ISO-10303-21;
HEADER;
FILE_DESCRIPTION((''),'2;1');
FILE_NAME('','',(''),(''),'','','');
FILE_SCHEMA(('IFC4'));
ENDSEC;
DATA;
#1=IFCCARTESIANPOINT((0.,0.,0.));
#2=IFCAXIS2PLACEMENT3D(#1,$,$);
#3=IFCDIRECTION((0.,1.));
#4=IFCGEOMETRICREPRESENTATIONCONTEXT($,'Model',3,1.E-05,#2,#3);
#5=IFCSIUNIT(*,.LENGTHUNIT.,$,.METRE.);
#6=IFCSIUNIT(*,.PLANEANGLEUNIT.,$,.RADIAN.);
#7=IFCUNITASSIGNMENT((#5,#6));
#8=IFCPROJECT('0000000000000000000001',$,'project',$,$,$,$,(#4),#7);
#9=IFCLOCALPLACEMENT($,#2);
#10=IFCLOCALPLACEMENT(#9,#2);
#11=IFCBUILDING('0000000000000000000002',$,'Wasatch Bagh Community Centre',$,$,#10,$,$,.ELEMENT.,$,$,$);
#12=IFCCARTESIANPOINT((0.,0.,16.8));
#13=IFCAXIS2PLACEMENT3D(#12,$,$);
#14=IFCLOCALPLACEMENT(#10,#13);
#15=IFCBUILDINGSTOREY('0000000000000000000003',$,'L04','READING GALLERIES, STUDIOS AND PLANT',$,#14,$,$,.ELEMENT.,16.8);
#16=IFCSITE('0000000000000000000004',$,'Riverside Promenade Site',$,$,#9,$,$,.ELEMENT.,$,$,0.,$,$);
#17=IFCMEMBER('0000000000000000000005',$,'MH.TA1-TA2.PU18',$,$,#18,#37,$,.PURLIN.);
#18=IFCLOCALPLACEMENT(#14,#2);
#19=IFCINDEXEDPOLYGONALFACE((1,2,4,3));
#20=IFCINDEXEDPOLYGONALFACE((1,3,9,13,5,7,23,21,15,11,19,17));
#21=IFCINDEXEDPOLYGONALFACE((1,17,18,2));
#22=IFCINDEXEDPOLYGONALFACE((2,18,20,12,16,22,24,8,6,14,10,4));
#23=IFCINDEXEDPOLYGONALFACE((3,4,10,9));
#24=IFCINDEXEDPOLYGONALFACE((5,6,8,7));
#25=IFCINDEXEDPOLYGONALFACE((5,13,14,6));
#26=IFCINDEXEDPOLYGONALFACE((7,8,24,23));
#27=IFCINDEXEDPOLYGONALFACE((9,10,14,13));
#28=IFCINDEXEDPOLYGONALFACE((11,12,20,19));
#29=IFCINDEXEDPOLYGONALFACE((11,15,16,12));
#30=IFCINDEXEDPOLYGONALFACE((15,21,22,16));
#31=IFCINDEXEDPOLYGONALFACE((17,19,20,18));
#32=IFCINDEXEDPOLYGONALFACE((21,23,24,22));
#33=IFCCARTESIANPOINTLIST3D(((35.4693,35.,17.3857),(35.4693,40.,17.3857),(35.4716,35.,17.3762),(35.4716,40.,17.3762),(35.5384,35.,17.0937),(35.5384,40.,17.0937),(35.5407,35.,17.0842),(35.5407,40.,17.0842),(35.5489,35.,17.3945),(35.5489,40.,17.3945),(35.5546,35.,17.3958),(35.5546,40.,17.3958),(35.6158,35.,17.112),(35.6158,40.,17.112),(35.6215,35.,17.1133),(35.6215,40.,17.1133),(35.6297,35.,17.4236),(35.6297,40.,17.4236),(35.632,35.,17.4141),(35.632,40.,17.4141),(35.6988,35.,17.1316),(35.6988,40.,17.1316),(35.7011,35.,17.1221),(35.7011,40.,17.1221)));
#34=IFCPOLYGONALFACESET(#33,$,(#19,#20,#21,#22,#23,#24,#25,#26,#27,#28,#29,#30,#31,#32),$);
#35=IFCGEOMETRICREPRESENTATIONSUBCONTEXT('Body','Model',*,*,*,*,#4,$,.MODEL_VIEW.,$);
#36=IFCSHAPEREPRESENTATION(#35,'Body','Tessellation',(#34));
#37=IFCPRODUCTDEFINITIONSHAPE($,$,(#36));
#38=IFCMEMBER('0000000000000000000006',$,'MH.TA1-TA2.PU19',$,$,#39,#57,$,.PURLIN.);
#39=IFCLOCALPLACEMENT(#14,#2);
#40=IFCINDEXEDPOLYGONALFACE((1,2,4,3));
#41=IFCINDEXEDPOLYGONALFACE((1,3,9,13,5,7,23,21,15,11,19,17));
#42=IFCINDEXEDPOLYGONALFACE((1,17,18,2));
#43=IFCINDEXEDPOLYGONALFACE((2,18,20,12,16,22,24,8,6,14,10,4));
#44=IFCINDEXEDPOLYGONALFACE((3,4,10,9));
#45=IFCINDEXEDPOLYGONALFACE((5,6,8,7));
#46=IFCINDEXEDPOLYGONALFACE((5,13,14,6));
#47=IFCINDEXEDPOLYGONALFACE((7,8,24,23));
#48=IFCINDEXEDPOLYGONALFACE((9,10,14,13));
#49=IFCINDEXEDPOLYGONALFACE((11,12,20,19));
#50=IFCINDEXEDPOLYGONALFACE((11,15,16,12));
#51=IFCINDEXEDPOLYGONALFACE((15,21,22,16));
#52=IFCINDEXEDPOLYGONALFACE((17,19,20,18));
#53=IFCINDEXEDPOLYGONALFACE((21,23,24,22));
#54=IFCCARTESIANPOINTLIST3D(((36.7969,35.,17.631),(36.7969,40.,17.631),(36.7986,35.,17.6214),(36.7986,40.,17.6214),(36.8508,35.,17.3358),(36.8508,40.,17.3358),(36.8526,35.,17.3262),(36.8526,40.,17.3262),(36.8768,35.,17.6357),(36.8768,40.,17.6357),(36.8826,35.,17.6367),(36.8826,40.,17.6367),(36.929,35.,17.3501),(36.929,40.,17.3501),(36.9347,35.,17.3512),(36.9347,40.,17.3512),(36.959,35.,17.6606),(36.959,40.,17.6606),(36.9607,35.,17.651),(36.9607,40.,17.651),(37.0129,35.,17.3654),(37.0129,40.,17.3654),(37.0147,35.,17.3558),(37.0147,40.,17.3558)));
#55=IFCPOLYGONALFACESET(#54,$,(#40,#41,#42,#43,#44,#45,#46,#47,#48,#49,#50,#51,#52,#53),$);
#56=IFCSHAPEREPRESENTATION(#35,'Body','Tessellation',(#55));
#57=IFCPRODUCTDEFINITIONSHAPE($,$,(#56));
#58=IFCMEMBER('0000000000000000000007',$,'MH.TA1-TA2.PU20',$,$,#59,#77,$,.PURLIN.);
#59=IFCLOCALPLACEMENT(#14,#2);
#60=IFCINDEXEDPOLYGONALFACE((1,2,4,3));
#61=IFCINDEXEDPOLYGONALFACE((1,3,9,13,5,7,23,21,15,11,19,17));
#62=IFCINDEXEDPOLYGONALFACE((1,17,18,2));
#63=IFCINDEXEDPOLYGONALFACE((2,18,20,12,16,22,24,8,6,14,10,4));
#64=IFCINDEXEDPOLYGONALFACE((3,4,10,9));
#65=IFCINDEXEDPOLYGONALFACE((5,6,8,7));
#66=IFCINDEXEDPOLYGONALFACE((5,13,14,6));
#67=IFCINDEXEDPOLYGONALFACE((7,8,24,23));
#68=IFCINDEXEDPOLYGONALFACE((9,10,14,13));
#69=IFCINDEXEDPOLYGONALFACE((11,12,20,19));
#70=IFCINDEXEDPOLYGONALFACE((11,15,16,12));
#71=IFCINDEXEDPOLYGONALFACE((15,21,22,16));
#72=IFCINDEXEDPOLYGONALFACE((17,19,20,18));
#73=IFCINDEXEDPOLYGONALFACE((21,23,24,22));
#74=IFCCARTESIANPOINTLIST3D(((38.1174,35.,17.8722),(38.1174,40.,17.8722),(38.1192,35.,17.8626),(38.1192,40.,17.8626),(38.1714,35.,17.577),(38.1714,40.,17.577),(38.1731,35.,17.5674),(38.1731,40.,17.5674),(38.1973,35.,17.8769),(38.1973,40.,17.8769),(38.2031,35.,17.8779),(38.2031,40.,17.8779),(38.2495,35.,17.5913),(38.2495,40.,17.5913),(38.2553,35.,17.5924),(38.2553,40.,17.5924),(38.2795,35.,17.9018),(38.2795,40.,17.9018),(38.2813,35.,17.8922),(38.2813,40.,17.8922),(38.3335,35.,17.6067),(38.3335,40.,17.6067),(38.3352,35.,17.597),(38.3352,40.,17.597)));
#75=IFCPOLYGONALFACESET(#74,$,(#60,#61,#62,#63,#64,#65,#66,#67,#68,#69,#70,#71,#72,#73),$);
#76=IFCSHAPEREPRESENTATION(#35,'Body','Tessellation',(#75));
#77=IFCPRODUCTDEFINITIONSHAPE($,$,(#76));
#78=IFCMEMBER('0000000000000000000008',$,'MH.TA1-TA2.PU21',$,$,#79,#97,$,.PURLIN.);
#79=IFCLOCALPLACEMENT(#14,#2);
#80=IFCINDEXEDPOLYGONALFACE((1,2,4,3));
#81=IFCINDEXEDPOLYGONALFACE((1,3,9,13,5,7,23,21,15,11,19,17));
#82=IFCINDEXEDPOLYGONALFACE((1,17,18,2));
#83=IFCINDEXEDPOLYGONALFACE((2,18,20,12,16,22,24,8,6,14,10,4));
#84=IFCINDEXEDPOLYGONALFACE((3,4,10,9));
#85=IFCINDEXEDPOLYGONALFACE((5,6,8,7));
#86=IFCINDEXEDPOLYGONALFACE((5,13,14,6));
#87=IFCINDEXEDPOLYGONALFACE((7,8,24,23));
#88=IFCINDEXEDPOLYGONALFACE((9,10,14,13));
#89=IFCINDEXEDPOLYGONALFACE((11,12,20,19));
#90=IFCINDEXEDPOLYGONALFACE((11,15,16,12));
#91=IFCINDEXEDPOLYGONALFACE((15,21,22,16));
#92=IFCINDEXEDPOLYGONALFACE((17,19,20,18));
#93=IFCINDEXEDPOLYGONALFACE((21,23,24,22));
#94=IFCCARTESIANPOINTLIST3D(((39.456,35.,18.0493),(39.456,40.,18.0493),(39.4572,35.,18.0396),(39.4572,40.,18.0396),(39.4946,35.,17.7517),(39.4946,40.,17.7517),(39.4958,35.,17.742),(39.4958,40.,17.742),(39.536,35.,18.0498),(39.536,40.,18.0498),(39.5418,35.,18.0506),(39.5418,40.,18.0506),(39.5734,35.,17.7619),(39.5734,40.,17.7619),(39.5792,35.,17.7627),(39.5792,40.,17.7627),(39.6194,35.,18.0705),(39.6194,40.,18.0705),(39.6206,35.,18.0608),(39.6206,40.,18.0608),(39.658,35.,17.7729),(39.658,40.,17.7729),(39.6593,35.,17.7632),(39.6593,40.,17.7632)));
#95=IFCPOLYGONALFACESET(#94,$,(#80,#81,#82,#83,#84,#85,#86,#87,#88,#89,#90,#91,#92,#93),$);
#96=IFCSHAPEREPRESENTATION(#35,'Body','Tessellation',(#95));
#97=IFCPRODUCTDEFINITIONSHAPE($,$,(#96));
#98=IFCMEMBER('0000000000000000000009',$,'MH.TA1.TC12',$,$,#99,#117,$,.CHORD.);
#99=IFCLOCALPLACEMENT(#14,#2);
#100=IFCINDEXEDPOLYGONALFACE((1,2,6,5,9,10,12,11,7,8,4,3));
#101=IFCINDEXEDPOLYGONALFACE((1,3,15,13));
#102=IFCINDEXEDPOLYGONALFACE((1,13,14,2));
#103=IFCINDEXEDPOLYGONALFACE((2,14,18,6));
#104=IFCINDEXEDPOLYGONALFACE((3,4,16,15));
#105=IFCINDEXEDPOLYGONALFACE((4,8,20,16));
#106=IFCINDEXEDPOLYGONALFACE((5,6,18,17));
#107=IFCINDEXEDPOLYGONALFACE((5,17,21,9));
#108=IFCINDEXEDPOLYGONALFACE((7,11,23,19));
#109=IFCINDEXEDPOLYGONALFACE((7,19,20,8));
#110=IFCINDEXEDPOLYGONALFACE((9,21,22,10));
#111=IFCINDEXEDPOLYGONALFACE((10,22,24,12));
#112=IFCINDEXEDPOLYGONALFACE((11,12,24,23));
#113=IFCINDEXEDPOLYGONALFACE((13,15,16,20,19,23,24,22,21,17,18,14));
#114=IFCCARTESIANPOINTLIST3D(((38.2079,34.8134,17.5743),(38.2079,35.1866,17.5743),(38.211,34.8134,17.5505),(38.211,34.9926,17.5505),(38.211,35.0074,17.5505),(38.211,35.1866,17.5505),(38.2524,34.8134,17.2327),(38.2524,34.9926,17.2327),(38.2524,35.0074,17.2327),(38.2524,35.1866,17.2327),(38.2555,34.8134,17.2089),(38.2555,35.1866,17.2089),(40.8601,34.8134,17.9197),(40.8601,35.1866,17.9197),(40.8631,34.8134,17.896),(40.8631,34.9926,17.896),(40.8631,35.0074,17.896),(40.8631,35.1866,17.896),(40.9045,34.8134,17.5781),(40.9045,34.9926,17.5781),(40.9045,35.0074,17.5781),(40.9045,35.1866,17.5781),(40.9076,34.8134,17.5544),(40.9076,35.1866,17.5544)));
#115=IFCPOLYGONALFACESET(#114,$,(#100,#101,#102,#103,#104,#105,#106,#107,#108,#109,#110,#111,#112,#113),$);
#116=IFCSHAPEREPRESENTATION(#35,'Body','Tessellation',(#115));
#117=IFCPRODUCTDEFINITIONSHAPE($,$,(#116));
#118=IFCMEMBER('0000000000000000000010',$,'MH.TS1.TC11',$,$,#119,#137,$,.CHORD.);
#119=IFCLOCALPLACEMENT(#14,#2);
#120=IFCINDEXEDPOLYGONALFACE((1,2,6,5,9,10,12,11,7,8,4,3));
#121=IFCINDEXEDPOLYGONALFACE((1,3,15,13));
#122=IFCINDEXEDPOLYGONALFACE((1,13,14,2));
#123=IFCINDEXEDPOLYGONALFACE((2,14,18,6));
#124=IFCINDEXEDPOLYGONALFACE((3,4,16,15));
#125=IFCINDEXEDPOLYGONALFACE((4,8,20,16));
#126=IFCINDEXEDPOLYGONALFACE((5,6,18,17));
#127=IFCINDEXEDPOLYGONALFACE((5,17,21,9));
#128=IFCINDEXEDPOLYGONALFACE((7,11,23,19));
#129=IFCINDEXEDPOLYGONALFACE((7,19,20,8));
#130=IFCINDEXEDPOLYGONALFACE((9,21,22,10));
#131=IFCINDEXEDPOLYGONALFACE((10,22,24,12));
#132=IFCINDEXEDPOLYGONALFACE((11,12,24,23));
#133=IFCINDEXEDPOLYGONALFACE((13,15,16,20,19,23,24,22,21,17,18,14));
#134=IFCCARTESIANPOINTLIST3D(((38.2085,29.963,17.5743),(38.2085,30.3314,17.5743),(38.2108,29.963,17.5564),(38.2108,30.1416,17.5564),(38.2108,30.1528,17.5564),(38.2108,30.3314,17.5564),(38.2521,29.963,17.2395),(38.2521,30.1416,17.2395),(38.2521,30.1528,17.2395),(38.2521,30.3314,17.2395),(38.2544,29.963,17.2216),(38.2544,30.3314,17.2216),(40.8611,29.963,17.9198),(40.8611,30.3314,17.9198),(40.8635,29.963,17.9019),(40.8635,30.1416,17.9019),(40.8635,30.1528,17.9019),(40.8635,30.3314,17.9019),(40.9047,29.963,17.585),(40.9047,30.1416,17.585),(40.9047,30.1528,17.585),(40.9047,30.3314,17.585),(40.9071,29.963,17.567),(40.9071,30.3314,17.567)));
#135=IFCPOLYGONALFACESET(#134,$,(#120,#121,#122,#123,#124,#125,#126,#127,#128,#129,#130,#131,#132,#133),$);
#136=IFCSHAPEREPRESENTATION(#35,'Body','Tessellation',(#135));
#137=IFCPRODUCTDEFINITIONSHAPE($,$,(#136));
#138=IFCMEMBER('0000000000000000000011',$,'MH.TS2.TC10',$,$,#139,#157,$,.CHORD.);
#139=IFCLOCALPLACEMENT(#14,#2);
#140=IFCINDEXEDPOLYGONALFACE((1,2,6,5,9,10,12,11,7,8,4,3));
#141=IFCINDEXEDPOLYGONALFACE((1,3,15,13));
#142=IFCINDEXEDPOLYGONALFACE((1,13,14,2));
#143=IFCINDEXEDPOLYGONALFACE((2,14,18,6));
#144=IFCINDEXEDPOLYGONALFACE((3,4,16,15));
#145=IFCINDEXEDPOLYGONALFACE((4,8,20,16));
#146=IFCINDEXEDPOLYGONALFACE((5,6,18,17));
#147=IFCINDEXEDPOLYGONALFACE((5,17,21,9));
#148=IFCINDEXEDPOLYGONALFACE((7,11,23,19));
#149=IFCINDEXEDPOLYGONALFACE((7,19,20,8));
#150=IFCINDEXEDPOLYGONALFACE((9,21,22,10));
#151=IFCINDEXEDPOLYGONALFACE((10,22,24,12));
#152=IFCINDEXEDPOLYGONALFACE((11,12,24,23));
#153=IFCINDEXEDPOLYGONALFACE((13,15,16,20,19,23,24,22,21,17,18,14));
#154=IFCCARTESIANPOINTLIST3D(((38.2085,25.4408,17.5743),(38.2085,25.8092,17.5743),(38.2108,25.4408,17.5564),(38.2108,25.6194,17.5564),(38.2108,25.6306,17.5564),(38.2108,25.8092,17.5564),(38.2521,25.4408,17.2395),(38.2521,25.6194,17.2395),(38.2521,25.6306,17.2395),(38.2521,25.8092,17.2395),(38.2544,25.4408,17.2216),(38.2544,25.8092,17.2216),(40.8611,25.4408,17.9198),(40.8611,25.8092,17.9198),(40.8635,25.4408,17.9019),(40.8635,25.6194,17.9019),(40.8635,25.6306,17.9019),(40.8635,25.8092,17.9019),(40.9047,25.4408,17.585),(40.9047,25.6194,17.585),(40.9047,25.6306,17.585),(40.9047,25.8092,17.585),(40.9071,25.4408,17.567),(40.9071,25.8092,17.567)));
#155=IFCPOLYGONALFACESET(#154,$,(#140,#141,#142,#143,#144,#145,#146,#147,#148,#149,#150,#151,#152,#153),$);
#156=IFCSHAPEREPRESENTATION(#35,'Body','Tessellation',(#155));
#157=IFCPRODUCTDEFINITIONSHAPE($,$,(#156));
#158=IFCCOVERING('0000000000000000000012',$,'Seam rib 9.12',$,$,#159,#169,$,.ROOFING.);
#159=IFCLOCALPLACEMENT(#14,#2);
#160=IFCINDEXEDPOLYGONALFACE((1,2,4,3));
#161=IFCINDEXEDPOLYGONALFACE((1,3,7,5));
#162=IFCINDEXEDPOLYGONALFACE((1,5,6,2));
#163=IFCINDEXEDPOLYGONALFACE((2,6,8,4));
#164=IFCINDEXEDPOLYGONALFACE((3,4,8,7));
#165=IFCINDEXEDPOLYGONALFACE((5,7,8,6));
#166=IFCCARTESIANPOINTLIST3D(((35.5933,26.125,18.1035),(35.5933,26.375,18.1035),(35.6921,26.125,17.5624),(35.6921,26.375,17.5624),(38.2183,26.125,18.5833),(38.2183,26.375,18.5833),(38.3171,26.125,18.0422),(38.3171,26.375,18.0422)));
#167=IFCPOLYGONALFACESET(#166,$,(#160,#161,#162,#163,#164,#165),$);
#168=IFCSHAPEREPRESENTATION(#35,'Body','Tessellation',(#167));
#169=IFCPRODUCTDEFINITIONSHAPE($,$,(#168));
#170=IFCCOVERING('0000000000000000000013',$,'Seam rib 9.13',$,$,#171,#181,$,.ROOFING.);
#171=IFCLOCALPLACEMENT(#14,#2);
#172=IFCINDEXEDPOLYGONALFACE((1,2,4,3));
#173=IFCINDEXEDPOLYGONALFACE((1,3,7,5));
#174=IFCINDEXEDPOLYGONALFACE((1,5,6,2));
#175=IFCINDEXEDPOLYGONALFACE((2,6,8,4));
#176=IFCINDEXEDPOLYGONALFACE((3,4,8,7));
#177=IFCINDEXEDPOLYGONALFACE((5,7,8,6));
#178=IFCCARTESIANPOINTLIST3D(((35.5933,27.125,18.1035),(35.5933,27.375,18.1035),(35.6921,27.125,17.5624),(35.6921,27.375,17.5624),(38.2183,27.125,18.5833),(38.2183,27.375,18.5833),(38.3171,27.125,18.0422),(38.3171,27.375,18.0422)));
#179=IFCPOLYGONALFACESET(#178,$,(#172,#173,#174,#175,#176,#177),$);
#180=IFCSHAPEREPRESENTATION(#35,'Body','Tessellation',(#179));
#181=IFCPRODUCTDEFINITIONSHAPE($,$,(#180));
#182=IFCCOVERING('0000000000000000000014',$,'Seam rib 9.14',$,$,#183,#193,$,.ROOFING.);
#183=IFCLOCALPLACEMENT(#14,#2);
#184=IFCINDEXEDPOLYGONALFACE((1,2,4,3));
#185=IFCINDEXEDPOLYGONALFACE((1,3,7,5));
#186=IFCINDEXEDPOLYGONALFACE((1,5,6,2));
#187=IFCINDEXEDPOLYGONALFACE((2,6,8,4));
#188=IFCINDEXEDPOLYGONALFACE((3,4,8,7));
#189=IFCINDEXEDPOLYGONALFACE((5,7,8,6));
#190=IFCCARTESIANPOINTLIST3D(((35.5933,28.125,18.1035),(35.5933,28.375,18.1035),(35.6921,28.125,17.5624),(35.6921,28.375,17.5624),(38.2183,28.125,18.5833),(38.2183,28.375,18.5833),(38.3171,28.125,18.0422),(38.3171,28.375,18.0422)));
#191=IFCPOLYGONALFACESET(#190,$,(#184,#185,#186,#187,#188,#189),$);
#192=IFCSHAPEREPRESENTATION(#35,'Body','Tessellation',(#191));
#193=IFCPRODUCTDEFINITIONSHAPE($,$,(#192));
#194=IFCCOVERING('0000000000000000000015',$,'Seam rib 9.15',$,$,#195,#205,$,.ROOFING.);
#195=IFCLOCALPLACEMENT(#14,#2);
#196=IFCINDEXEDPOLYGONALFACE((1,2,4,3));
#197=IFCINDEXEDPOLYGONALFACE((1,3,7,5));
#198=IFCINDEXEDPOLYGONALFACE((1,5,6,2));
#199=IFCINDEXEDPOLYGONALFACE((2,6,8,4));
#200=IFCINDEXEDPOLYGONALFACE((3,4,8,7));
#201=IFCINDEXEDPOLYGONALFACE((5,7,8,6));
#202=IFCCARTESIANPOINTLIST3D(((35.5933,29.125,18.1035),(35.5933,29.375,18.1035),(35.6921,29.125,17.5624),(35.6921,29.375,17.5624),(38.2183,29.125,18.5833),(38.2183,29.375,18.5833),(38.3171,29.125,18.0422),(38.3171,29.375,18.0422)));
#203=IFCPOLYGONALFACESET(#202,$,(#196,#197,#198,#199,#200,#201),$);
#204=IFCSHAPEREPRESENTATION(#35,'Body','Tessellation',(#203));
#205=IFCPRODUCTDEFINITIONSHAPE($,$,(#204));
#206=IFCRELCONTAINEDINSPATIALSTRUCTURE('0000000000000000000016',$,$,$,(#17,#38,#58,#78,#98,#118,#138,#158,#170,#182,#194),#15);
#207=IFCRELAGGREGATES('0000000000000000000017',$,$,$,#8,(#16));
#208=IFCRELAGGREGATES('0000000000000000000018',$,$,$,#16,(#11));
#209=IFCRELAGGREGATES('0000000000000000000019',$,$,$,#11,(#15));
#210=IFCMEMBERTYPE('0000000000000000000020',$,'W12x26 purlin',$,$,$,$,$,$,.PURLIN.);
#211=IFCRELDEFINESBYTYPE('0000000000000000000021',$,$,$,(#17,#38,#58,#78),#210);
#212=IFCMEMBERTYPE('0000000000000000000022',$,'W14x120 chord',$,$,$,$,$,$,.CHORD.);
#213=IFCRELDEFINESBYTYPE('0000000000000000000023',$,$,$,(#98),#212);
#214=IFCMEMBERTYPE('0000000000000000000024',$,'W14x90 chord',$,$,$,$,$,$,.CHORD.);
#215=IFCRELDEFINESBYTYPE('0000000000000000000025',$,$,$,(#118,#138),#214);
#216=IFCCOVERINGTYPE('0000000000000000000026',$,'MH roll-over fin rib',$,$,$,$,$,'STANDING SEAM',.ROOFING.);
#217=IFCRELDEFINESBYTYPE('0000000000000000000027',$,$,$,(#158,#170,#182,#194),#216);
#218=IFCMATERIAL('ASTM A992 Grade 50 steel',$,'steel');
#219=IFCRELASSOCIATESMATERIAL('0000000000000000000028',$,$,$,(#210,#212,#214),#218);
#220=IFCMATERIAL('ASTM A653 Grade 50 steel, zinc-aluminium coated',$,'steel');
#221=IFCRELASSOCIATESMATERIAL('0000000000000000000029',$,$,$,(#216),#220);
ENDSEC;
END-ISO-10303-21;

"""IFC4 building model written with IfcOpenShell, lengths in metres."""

from ifc_helpers import new_model, si_unit, direction, frame, origin, origin_2d, place, context, subcontext, project, spatial, polyline, i_section, outline, extrude, material, material_profile, profile_set, type_object, element, save


model = new_model("IFC4")

# Units and contexts
model_context = context("Model", 3, precision=1e-05, world=origin(), true_north=direction((0.0, 1.0)))
body_context = subcontext(model_context, "Body", "Model", "MODEL_VIEW")
ifc_project = project(units=[si_unit("LENGTHUNIT", "METRE"), si_unit("PLANEANGLEUNIT", "RADIAN")], contexts=[model_context])

# Site, building, storey
site_placement = place(None, origin())
site = spatial("IfcSite", under=ifc_project, at=site_placement, Name="Riverside Promenade Site", CompositionType="ELEMENT", RefElevation=0.0)
building_placement = place(site_placement, origin())
building = spatial("IfcBuilding", under=site, at=building_placement, Name="Wasatch Bagh Community Centre", CompositionType="ELEMENT")
storey_placement = place(building_placement, frame((0.0, 0.0, 16.8)))
storey = spatial("IfcBuildingStorey", under=building, at=storey_placement, Name="L04", Description="READING GALLERIES, STUDIOS AND PLANT", CompositionType="ELEMENT", Elevation=16.8)

# Members
ifc_material_1 = material(Name="ASTM A992 Grade 50 steel", Category="steel")
ifc_material_profile_1 = material_profile(ifc_material_1, i_section(OverallWidth=0.1648, OverallDepth=0.3098, WebThickness=0.0059, FlangeThickness=0.0098, at=origin_2d()), Name="W12x26")
ifc_profile_set_1 = profile_set([ifc_material_profile_1], Name="ASTM A992 Grade 50 steel")
member_type_1 = type_object("IfcMemberType", Name="W12x26 purlin", PredefinedType="PURLIN", material=ifc_profile_set_1)
for number, where, z_axis, x_axis, name in (
    (1, (35.5852, 35.0, 17.2539), (0.0, 1.0, 0.0), (-0.973122, 0.0, -0.230292), "MH.TA1-TA2.PU18"),
    (2, (36.9058, 35.0, 17.4934), (0.0, 1.0, 0.0), (-0.983711, 0.0, -0.179756), "MH.TA1-TA2.PU19"),
    (3, (38.2263, 35.0, 17.7346), (0.0, 1.0, 0.0), (-0.983711, 0.0, -0.179756), "MH.TA1-TA2.PU20"),
    (4, (39.5576, 35.0, 17.9062), (0.0, 1.0, 0.0), (-0.991678, 0.0, -0.12874), "MH.TA1-TA2.PU21"),
):
    element("IfcMember", number, at=place(storey_placement, frame(where, z_axis=z_axis, x_axis=x_axis)), inside=storey, type_object=member_type_1, Name=name, PredefinedType="PURLIN", context=body_context, shape_type="SweptSolid", body=[
        extrude(i_section(OverallWidth=0.1648, OverallDepth=0.3098, WebThickness=0.0059, FlangeThickness=0.0098, at=origin_2d()), origin(), (0.0, 0.0, 1.0), 5.0),
    ])
ifc_material_profile_2 = material_profile(ifc_material_1, i_section(OverallWidth=0.3733, OverallDepth=0.3684, WebThickness=0.0149, FlangeThickness=0.0239, at=origin_2d()), Name="W14x120")
ifc_profile_set_2 = profile_set([ifc_material_profile_2], Name="ASTM A992 Grade 50 steel")
member_type_2 = type_object("IfcMemberType", Name="W14x120 chord", PredefinedType="CHORD", material=ifc_profile_set_2)
member_placement = place(storey_placement, frame((38.2317, 35.0, 17.3916), z_axis=(0.991623, 0.0, 0.129167), x_axis=(0.0, 1.0, 0.0)))
element("IfcMember", 5, at=member_placement, inside=storey, type_object=member_type_2, Name="MH.TA1.TC12", PredefinedType="CHORD", context=body_context, shape_type="SweptSolid", body=[
    extrude(i_section(OverallWidth=0.3733, OverallDepth=0.3684, WebThickness=0.0149, FlangeThickness=0.0239, at=origin_2d()), origin(), (0.0, 0.0, 1.0), 2.6746),
])
ifc_material_profile_3 = material_profile(ifc_material_1, i_section(OverallWidth=0.3684, OverallDepth=0.3557, WebThickness=0.0112, FlangeThickness=0.0181, at=origin_2d()), Name="W14x90")
ifc_profile_set_3 = profile_set([ifc_material_profile_3], Name="ASTM A992 Grade 50 steel")
member_type_3 = type_object("IfcMemberType", Name="W14x90 chord", PredefinedType="CHORD", material=ifc_profile_set_3)
for number, where, z_axis, x_axis, name in (
    (6, (38.2314, 30.1472, 17.3979), (0.991626, 0.0, 0.129144), (0.0, 1.0, 0.0), "MH.TS1.TC11"),
    (7, (38.2314, 25.625, 17.3979), (0.991626, 0.0, 0.129144), (0.0, 1.0, 0.0), "MH.TS2.TC10"),
):
    element("IfcMember", number, at=place(storey_placement, frame(where, z_axis=z_axis, x_axis=x_axis)), inside=storey, type_object=member_type_3, Name=name, PredefinedType="CHORD", context=body_context, shape_type="SweptSolid", body=[
        extrude(i_section(OverallWidth=0.3684, OverallDepth=0.3557, WebThickness=0.0112, FlangeThickness=0.0181, at=origin_2d()), origin(), (0.0, 0.0, 1.0), 2.675),
    ])

# Coverings
ifc_material_2 = material(Name="ASTM A653 Grade 50 steel, zinc-aluminium coated", Category="steel")
covering_type = type_object("IfcCoveringType", Name="MH roll-over fin rib", ElementType="STANDING SEAM", PredefinedType="ROOFING", material=ifc_material_2)
for number, where, z_axis, x_axis, name in (
    (8, (35.5933, 26.125, 18.1035), (-0.179779, 0.0, 0.983707), (0.983707, 0.0, 0.179779), "Seam rib 9.12"),
    (9, (35.5933, 27.125, 18.1035), (-0.179779, 0.0, 0.983707), (0.983707, 0.0, 0.179779), "Seam rib 9.13"),
    (10, (35.5933, 28.125, 18.1035), (-0.179779, 0.0, 0.983707), (0.983707, 0.0, 0.179779), "Seam rib 9.14"),
    (11, (35.5933, 29.125, 18.1035), (-0.179779, 0.0, 0.983707), (0.983707, 0.0, 0.179779), "Seam rib 9.15"),
):
    element("IfcCovering", number, at=place(storey_placement, frame(where, z_axis=z_axis, x_axis=x_axis)), inside=storey, type_object=covering_type, Name=name, PredefinedType="ROOFING", context=body_context, shape_type="SweptSolid", body=[
        extrude(outline(polyline([(0.0, 0.0), (2.6685, 0.0), (2.6685, 0.25), (0.0, 0.25), (0.0, 0.0)])), origin(), (0.0, 0.0, -1.0), 0.55),
    ])

save(model, "model.ifc")
